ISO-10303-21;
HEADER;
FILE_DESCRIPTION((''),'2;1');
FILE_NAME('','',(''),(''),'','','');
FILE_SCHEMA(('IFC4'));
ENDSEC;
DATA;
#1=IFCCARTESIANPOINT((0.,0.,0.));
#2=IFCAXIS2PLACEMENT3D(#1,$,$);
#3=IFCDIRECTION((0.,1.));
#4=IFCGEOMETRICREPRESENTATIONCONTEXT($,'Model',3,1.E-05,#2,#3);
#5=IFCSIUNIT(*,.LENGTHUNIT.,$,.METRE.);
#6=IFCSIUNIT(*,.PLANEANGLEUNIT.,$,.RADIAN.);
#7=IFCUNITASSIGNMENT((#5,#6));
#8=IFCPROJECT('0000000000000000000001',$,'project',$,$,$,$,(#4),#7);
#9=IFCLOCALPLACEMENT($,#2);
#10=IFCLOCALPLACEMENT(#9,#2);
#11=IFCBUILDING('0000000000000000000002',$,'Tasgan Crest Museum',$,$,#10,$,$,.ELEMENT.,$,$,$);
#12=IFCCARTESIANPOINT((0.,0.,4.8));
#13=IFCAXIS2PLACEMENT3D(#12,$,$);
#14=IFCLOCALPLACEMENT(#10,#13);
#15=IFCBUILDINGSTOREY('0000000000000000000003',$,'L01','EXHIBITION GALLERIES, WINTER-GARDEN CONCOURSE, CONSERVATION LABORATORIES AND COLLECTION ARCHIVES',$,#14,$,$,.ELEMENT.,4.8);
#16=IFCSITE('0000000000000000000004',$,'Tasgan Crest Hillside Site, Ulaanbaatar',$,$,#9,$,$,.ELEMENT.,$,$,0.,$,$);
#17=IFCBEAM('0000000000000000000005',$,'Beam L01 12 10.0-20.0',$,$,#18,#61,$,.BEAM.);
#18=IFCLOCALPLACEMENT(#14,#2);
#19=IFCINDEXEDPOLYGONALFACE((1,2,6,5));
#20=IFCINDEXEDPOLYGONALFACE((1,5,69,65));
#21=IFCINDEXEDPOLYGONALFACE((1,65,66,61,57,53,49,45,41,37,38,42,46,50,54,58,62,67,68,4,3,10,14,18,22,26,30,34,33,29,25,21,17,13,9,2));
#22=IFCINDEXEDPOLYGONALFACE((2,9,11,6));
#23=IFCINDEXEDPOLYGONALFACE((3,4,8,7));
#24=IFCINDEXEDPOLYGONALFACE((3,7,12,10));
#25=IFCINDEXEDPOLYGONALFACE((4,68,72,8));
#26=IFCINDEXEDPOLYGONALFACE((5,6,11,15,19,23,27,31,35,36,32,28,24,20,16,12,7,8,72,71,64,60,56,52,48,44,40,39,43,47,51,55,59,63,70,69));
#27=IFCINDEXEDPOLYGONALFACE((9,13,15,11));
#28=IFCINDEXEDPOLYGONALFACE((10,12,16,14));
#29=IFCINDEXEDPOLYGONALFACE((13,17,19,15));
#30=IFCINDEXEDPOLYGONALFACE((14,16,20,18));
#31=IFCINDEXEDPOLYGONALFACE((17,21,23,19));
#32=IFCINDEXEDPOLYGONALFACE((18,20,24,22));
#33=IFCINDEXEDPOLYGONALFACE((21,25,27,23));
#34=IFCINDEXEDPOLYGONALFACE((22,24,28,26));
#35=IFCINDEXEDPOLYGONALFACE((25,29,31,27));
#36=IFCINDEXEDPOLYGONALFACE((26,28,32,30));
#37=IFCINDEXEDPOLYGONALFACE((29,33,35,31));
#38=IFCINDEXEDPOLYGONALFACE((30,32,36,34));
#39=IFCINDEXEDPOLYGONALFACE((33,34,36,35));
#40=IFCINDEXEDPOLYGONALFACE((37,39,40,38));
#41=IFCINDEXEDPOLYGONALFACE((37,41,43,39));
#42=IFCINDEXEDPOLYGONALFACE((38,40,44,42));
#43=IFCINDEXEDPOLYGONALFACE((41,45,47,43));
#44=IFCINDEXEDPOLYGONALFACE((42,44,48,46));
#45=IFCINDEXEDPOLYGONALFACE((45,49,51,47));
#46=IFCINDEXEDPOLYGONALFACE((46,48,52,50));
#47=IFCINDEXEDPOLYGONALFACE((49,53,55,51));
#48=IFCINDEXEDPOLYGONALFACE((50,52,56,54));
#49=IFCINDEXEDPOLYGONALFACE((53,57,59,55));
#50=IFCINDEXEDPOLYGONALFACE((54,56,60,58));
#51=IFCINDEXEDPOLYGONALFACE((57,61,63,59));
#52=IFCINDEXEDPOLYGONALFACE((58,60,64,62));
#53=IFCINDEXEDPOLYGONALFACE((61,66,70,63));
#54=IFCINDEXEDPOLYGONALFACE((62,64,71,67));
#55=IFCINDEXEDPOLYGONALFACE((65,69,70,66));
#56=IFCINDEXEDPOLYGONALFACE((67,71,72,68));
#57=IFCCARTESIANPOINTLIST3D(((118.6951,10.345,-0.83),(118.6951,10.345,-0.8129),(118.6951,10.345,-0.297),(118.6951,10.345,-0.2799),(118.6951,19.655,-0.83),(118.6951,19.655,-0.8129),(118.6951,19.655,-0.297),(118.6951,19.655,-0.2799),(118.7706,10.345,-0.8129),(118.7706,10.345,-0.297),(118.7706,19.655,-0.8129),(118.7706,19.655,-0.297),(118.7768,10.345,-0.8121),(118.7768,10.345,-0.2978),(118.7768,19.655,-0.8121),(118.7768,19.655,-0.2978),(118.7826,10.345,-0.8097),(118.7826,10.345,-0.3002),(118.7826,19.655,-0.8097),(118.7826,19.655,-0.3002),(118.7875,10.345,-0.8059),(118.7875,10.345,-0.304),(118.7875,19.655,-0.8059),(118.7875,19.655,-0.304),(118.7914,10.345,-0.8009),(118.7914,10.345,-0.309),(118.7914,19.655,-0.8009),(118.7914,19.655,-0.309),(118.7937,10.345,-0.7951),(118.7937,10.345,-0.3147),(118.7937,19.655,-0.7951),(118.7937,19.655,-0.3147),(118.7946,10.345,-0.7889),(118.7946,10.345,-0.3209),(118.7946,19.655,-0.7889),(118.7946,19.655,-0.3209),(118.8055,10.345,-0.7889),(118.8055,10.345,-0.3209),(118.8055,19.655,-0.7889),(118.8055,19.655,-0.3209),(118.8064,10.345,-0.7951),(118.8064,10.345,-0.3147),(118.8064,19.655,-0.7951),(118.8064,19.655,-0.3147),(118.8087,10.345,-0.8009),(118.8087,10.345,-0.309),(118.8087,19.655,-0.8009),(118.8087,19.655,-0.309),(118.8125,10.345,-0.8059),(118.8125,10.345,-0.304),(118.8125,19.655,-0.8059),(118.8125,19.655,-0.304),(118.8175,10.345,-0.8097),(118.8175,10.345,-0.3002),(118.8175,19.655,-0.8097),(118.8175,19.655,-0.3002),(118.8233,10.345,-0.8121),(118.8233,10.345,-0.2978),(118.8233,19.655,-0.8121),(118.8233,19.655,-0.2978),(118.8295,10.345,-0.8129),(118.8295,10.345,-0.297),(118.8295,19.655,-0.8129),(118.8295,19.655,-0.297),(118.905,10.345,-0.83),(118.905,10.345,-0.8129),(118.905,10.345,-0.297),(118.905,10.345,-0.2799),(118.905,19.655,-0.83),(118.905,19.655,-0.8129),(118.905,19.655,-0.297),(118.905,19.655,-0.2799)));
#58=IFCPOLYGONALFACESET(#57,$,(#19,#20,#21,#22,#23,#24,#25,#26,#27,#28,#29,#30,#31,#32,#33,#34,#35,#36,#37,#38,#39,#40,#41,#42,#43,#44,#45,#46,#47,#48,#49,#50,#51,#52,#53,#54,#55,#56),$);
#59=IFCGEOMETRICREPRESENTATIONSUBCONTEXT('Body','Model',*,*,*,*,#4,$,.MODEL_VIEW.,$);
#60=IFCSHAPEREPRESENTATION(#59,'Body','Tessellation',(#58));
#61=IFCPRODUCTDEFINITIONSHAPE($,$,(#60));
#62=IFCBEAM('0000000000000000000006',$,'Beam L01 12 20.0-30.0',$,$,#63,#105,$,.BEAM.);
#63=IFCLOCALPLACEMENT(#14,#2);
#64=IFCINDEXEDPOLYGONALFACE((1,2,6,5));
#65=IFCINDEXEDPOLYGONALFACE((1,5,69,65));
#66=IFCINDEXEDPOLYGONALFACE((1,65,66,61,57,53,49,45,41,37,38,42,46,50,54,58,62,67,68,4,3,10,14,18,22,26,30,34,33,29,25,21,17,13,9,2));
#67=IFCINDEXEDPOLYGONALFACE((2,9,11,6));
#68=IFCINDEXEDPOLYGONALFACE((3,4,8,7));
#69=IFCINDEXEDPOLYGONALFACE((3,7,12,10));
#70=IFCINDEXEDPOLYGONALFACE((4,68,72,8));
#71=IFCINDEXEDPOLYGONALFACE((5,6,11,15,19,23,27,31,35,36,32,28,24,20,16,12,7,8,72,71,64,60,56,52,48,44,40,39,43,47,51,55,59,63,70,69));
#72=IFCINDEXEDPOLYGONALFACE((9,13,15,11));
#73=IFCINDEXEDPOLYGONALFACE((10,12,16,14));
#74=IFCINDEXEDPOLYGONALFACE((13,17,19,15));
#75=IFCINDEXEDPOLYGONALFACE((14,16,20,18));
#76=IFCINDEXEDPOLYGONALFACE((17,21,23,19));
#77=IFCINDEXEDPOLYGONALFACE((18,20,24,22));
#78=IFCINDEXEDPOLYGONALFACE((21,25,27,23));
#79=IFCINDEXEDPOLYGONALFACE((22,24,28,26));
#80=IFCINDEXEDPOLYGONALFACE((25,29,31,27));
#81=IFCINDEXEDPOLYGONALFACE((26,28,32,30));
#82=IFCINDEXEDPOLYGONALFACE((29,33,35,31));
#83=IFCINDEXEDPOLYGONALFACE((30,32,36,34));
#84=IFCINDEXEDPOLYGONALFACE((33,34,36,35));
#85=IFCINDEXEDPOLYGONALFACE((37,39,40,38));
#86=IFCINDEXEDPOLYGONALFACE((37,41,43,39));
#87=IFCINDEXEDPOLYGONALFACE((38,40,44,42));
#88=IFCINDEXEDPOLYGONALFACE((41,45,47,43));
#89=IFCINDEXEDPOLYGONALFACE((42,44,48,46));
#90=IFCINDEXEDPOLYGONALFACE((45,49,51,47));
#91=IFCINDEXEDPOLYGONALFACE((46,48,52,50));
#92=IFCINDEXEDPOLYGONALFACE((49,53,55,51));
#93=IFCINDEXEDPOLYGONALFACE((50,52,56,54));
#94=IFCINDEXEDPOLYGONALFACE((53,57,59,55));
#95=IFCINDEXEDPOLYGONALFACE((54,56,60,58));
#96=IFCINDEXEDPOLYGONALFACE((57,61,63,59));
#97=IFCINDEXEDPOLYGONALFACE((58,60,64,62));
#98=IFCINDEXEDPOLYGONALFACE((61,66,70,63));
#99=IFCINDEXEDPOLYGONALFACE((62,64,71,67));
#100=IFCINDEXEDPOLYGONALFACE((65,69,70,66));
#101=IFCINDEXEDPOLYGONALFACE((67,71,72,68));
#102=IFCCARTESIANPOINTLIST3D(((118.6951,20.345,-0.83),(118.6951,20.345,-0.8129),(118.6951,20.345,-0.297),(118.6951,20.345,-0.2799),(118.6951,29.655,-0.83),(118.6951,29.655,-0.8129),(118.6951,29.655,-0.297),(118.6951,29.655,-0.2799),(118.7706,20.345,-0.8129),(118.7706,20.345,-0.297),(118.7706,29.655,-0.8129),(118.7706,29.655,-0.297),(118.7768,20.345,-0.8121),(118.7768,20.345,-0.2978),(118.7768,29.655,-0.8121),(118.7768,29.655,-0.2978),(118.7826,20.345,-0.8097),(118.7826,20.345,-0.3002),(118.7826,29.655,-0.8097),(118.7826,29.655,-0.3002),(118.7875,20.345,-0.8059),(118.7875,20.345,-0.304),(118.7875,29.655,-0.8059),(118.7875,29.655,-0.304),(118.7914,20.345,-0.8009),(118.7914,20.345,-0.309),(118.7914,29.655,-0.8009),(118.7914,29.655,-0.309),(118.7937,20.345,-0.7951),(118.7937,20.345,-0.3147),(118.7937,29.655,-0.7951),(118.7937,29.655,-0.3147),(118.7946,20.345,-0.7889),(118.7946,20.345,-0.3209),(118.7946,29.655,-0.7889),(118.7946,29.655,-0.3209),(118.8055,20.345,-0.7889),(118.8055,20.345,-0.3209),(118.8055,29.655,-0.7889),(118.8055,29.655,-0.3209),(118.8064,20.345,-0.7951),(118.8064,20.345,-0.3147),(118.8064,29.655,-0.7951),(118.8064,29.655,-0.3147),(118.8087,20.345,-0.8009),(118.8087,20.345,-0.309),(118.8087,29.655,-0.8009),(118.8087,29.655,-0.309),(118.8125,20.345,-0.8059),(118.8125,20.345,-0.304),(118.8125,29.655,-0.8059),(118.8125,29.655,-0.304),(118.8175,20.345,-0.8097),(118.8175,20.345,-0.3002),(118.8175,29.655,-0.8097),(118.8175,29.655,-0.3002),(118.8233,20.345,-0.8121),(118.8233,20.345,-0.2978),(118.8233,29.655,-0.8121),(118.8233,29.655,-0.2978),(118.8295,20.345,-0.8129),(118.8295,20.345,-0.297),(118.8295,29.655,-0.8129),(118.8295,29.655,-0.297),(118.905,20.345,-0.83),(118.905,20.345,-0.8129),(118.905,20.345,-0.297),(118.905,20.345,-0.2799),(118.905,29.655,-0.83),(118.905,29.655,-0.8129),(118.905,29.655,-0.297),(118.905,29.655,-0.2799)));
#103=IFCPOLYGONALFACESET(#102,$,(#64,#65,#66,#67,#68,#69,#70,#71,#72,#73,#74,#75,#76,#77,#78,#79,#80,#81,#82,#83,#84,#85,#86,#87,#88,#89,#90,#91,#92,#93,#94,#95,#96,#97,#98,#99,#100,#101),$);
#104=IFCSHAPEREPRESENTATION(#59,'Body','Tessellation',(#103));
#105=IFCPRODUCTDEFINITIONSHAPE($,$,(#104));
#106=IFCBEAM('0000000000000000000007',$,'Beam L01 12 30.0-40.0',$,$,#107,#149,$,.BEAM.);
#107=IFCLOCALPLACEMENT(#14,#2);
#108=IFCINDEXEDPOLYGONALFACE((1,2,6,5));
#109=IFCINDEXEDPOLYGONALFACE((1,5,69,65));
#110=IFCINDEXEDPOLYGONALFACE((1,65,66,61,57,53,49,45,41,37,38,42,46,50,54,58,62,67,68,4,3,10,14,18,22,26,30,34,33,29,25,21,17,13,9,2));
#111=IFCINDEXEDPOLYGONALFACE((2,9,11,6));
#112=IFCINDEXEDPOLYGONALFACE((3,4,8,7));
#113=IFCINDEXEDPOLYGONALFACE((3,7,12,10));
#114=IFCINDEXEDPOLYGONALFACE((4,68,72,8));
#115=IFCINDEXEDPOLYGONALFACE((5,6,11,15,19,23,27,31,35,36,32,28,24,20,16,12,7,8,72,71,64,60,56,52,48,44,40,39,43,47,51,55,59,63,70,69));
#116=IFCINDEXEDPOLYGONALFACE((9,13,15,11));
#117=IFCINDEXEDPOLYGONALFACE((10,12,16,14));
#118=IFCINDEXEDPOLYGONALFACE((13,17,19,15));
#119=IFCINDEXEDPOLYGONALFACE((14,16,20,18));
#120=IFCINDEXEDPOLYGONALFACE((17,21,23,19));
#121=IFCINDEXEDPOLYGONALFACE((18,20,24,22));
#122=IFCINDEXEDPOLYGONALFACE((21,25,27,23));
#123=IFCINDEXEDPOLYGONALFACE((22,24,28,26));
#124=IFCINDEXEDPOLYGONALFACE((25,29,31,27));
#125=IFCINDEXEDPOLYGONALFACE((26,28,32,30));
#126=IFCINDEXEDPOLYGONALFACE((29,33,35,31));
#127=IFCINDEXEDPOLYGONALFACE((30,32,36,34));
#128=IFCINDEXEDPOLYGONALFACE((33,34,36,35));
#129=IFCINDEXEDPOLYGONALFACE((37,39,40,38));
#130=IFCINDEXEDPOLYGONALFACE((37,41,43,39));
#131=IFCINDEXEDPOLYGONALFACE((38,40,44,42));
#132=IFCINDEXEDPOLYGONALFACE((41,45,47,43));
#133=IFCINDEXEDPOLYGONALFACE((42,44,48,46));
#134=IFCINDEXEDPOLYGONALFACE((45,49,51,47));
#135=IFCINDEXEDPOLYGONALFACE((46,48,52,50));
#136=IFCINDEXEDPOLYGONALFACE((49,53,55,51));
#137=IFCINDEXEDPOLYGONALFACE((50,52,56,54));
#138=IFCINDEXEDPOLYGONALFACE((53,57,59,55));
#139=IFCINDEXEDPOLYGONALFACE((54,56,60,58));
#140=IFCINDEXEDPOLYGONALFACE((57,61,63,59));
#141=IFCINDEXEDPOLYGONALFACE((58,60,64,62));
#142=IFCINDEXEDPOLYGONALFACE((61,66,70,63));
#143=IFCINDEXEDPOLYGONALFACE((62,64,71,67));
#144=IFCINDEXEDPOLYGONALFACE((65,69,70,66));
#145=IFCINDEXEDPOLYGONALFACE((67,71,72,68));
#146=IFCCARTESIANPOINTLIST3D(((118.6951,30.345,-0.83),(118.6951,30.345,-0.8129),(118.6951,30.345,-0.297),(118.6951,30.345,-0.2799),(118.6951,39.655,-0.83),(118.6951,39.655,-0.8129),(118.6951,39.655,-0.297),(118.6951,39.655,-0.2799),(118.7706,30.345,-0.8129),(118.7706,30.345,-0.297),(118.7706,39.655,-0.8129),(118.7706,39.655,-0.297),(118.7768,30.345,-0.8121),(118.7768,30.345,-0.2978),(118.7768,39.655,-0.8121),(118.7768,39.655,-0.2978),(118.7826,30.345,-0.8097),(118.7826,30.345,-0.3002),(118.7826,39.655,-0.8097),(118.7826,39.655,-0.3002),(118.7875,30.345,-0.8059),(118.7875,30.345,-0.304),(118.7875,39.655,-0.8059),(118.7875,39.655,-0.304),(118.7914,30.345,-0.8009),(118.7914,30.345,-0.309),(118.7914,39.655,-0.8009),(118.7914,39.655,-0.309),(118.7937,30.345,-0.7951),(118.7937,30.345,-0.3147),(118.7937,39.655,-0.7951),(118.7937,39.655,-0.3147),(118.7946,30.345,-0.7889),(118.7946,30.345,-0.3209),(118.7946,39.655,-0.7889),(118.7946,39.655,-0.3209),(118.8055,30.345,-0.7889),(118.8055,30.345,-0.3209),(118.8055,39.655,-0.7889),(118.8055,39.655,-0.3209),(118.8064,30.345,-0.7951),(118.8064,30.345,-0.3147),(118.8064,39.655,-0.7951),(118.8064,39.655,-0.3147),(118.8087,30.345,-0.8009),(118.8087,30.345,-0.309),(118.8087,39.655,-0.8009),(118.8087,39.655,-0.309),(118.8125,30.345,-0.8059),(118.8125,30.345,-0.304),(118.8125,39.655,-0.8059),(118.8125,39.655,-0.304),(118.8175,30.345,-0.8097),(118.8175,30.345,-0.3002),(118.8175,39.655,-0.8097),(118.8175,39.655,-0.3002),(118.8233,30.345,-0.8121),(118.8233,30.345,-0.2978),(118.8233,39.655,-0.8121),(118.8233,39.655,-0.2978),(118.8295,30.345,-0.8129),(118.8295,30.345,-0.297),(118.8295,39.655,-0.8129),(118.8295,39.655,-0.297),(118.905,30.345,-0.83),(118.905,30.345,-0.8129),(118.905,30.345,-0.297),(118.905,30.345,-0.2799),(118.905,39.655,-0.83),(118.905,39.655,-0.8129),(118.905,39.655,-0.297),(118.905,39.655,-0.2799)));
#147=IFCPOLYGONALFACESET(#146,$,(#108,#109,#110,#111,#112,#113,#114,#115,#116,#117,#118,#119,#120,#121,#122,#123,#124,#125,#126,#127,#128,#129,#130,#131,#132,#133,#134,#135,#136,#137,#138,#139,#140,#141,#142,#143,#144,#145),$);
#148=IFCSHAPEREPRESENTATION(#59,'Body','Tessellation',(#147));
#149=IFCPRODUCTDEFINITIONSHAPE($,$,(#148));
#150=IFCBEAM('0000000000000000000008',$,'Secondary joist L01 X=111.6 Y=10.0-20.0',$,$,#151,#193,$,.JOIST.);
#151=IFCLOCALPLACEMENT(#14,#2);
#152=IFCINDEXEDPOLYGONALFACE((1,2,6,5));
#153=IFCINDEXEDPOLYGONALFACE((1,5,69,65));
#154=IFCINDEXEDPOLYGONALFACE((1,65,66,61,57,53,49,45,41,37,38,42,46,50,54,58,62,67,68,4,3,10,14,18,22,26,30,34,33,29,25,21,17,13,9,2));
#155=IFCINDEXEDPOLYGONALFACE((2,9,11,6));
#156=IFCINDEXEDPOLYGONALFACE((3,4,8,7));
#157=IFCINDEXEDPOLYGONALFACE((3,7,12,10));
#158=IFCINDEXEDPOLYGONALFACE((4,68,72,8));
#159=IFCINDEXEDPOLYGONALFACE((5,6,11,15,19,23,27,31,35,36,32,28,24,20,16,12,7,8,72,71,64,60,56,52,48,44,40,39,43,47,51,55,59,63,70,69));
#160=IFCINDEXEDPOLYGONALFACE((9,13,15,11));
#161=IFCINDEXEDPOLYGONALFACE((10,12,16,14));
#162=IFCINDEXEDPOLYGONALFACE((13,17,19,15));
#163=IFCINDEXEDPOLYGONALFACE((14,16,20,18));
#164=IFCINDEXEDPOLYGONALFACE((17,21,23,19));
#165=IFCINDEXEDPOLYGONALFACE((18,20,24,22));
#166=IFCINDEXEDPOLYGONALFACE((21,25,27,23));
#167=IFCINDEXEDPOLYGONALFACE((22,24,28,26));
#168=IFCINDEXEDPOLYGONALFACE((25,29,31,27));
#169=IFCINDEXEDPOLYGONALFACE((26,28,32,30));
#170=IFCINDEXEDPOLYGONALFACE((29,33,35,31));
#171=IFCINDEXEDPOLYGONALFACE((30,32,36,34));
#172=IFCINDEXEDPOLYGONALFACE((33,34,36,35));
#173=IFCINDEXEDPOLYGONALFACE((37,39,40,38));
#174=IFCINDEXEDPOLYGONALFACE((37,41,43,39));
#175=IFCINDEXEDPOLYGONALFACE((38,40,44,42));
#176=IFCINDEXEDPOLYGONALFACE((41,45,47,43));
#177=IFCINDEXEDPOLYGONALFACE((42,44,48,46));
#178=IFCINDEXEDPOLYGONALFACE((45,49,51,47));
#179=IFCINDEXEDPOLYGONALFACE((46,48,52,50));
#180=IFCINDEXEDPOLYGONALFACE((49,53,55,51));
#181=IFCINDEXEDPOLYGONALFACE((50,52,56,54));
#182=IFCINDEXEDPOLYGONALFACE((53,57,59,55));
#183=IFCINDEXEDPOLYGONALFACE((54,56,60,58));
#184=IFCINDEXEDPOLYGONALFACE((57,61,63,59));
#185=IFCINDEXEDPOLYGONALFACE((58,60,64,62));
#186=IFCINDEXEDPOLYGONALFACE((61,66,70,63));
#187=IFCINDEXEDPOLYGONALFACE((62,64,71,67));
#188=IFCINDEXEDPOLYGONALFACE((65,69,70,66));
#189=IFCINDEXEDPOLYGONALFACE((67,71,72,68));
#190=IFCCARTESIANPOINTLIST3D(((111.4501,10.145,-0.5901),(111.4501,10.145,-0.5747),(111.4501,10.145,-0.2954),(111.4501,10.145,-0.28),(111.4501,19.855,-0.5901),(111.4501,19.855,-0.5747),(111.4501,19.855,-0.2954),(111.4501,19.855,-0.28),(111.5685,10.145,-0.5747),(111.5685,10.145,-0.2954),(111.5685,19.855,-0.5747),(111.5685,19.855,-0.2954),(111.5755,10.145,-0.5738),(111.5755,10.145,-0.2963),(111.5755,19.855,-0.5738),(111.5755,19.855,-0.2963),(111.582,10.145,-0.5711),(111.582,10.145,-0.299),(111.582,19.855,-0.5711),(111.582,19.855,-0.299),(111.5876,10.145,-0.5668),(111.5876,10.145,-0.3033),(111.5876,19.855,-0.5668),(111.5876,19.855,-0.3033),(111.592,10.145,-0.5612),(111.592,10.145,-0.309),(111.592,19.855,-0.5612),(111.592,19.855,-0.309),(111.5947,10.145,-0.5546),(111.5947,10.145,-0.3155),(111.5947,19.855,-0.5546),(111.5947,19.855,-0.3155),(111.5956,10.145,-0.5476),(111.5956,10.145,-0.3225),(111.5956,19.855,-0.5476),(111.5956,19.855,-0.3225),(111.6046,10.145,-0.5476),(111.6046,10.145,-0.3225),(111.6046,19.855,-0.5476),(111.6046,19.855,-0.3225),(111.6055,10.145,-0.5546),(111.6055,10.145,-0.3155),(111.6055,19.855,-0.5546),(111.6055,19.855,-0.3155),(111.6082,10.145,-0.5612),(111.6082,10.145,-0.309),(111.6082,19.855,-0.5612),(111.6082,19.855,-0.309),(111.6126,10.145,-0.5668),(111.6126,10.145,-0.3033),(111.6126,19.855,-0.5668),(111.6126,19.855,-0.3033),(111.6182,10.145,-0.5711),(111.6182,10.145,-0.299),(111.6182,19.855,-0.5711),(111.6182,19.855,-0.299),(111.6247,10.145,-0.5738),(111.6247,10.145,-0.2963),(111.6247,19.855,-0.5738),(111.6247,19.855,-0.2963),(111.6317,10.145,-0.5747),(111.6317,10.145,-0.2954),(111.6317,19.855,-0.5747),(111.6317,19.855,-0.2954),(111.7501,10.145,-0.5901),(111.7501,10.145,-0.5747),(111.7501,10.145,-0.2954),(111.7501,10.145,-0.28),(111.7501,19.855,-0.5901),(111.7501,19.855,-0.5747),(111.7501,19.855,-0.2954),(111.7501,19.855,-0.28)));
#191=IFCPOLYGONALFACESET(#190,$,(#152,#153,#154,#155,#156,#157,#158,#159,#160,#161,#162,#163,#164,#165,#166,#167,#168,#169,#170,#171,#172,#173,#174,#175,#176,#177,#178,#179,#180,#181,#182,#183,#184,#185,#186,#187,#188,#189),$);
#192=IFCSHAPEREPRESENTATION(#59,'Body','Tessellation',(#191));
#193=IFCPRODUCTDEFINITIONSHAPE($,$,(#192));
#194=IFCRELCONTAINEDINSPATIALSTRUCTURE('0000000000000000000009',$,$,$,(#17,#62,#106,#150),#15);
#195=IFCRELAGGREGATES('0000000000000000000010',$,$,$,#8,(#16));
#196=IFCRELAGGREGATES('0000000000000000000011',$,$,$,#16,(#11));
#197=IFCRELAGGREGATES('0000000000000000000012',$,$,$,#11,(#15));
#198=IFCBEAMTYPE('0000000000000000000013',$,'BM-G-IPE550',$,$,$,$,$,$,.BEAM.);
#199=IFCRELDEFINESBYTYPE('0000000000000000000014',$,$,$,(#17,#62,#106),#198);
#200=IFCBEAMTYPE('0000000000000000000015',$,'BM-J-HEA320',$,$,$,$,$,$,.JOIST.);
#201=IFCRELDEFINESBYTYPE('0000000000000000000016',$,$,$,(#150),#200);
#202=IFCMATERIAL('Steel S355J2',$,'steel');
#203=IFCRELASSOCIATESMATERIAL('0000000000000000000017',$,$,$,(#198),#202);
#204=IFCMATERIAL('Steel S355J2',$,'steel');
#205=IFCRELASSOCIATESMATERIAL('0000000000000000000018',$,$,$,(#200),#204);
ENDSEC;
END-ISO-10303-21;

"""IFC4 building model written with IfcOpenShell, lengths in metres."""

from ifc_helpers import new_model, si_unit, direction, frame, origin, origin_2d, place, context, subcontext, project, spatial, i_section, extrude, material, material_profile, profile_set, type_object, element, save


model = new_model("IFC4")

# Units and contexts
model_context = context("Model", 3, precision=1e-05, world=origin(), true_north=direction((0.0, 1.0)))
body_context = subcontext(model_context, "Body", "Model", "MODEL_VIEW")
ifc_project = project(units=[si_unit("LENGTHUNIT", "METRE"), si_unit("PLANEANGLEUNIT", "RADIAN")], contexts=[model_context])

# Site, building, storey
site_placement = place(None, origin())
site = spatial("IfcSite", under=ifc_project, at=site_placement, Name="Tasgan Crest Hillside Site, Ulaanbaatar", CompositionType="ELEMENT", RefElevation=0.0)
building_placement = place(site_placement, origin())
building = spatial("IfcBuilding", under=site, at=building_placement, Name="Tasgan Crest Museum", CompositionType="ELEMENT")
storey_placement = place(building_placement, frame((0.0, 0.0, 4.8)))
storey = spatial("IfcBuildingStorey", under=building, at=storey_placement, Name="L01", Description="EXHIBITION GALLERIES, WINTER-GARDEN CONCOURSE, CONSERVATION LABORATORIES AND COLLECTION ARCHIVES", CompositionType="ELEMENT", Elevation=4.8)

# Beams
ifc_material_1 = material(Name="Steel S355J2", Category="steel")
ifc_material_profile_1 = material_profile(ifc_material_1, i_section(OverallWidth=0.21, OverallDepth=0.55, WebThickness=0.011, FlangeThickness=0.0171, FilletRadius=0.0239, at=origin_2d()), Name="IPE 550")
ifc_profile_set_1 = profile_set([ifc_material_profile_1], Name="Steel S355J2")
beam_type_1 = type_object("IfcBeamType", Name="BM-G-IPE550", PredefinedType="BEAM", material=ifc_profile_set_1)
for number, where, z_axis, x_axis, name in (
    (1, (118.8, 10.345, -0.5549), (0.0, 1.0, 0.0), (-1.0, 0.0, 0.0), "Beam L01 12 10.0-20.0"),
    (2, (118.8, 20.345, -0.5549), (0.0, 1.0, 0.0), (-1.0, 0.0, 0.0), "Beam L01 12 20.0-30.0"),
    (3, (118.8, 30.345, -0.5549), (0.0, 1.0, 0.0), (-1.0, 0.0, 0.0), "Beam L01 12 30.0-40.0"),
):
    element("IfcBeam", number, at=place(storey_placement, frame(where, z_axis=z_axis, x_axis=x_axis)), inside=storey, type_object=beam_type_1, Name=name, PredefinedType="BEAM", context=body_context, shape_type="SweptSolid", body=[
        extrude(i_section(OverallWidth=0.21, OverallDepth=0.55, WebThickness=0.011, FlangeThickness=0.0171, FilletRadius=0.0239, at=origin_2d()), origin(), (0.0, 0.0, 1.0), 9.3101),
    ])
ifc_material_2 = material(Name="Steel S355J2", Category="steel")
ifc_material_profile_2 = material_profile(ifc_material_2, i_section(OverallWidth=0.3, OverallDepth=0.3101, WebThickness=0.009, FlangeThickness=0.0154, FilletRadius=0.0271, at=origin_2d()), Name="HEA 320")
ifc_profile_set_2 = profile_set([ifc_material_profile_2], Name="Steel S355J2")
beam_type_2 = type_object("IfcBeamType", Name="BM-J-HEA320", PredefinedType="JOIST", material=ifc_profile_set_2)
for number, where, z_axis, x_axis, name in (
    (4, (111.6001, 10.145, -0.4351), (0.0, 1.0, 0.0), (-1.0, 0.0, 0.0), "Secondary joist L01 X=111.6 Y=10.0-20.0"),
):
    element("IfcBeam", number, at=place(storey_placement, frame(where, z_axis=z_axis, x_axis=x_axis)), inside=storey, type_object=beam_type_2, Name=name, PredefinedType="JOIST", context=body_context, shape_type="SweptSolid", body=[
        extrude(i_section(OverallWidth=0.3, OverallDepth=0.3101, WebThickness=0.009, FlangeThickness=0.0154, FilletRadius=0.0271, at=origin_2d()), origin(), (0.0, 0.0, 1.0), 9.71),
    ])

save(model, "model.ifc")
